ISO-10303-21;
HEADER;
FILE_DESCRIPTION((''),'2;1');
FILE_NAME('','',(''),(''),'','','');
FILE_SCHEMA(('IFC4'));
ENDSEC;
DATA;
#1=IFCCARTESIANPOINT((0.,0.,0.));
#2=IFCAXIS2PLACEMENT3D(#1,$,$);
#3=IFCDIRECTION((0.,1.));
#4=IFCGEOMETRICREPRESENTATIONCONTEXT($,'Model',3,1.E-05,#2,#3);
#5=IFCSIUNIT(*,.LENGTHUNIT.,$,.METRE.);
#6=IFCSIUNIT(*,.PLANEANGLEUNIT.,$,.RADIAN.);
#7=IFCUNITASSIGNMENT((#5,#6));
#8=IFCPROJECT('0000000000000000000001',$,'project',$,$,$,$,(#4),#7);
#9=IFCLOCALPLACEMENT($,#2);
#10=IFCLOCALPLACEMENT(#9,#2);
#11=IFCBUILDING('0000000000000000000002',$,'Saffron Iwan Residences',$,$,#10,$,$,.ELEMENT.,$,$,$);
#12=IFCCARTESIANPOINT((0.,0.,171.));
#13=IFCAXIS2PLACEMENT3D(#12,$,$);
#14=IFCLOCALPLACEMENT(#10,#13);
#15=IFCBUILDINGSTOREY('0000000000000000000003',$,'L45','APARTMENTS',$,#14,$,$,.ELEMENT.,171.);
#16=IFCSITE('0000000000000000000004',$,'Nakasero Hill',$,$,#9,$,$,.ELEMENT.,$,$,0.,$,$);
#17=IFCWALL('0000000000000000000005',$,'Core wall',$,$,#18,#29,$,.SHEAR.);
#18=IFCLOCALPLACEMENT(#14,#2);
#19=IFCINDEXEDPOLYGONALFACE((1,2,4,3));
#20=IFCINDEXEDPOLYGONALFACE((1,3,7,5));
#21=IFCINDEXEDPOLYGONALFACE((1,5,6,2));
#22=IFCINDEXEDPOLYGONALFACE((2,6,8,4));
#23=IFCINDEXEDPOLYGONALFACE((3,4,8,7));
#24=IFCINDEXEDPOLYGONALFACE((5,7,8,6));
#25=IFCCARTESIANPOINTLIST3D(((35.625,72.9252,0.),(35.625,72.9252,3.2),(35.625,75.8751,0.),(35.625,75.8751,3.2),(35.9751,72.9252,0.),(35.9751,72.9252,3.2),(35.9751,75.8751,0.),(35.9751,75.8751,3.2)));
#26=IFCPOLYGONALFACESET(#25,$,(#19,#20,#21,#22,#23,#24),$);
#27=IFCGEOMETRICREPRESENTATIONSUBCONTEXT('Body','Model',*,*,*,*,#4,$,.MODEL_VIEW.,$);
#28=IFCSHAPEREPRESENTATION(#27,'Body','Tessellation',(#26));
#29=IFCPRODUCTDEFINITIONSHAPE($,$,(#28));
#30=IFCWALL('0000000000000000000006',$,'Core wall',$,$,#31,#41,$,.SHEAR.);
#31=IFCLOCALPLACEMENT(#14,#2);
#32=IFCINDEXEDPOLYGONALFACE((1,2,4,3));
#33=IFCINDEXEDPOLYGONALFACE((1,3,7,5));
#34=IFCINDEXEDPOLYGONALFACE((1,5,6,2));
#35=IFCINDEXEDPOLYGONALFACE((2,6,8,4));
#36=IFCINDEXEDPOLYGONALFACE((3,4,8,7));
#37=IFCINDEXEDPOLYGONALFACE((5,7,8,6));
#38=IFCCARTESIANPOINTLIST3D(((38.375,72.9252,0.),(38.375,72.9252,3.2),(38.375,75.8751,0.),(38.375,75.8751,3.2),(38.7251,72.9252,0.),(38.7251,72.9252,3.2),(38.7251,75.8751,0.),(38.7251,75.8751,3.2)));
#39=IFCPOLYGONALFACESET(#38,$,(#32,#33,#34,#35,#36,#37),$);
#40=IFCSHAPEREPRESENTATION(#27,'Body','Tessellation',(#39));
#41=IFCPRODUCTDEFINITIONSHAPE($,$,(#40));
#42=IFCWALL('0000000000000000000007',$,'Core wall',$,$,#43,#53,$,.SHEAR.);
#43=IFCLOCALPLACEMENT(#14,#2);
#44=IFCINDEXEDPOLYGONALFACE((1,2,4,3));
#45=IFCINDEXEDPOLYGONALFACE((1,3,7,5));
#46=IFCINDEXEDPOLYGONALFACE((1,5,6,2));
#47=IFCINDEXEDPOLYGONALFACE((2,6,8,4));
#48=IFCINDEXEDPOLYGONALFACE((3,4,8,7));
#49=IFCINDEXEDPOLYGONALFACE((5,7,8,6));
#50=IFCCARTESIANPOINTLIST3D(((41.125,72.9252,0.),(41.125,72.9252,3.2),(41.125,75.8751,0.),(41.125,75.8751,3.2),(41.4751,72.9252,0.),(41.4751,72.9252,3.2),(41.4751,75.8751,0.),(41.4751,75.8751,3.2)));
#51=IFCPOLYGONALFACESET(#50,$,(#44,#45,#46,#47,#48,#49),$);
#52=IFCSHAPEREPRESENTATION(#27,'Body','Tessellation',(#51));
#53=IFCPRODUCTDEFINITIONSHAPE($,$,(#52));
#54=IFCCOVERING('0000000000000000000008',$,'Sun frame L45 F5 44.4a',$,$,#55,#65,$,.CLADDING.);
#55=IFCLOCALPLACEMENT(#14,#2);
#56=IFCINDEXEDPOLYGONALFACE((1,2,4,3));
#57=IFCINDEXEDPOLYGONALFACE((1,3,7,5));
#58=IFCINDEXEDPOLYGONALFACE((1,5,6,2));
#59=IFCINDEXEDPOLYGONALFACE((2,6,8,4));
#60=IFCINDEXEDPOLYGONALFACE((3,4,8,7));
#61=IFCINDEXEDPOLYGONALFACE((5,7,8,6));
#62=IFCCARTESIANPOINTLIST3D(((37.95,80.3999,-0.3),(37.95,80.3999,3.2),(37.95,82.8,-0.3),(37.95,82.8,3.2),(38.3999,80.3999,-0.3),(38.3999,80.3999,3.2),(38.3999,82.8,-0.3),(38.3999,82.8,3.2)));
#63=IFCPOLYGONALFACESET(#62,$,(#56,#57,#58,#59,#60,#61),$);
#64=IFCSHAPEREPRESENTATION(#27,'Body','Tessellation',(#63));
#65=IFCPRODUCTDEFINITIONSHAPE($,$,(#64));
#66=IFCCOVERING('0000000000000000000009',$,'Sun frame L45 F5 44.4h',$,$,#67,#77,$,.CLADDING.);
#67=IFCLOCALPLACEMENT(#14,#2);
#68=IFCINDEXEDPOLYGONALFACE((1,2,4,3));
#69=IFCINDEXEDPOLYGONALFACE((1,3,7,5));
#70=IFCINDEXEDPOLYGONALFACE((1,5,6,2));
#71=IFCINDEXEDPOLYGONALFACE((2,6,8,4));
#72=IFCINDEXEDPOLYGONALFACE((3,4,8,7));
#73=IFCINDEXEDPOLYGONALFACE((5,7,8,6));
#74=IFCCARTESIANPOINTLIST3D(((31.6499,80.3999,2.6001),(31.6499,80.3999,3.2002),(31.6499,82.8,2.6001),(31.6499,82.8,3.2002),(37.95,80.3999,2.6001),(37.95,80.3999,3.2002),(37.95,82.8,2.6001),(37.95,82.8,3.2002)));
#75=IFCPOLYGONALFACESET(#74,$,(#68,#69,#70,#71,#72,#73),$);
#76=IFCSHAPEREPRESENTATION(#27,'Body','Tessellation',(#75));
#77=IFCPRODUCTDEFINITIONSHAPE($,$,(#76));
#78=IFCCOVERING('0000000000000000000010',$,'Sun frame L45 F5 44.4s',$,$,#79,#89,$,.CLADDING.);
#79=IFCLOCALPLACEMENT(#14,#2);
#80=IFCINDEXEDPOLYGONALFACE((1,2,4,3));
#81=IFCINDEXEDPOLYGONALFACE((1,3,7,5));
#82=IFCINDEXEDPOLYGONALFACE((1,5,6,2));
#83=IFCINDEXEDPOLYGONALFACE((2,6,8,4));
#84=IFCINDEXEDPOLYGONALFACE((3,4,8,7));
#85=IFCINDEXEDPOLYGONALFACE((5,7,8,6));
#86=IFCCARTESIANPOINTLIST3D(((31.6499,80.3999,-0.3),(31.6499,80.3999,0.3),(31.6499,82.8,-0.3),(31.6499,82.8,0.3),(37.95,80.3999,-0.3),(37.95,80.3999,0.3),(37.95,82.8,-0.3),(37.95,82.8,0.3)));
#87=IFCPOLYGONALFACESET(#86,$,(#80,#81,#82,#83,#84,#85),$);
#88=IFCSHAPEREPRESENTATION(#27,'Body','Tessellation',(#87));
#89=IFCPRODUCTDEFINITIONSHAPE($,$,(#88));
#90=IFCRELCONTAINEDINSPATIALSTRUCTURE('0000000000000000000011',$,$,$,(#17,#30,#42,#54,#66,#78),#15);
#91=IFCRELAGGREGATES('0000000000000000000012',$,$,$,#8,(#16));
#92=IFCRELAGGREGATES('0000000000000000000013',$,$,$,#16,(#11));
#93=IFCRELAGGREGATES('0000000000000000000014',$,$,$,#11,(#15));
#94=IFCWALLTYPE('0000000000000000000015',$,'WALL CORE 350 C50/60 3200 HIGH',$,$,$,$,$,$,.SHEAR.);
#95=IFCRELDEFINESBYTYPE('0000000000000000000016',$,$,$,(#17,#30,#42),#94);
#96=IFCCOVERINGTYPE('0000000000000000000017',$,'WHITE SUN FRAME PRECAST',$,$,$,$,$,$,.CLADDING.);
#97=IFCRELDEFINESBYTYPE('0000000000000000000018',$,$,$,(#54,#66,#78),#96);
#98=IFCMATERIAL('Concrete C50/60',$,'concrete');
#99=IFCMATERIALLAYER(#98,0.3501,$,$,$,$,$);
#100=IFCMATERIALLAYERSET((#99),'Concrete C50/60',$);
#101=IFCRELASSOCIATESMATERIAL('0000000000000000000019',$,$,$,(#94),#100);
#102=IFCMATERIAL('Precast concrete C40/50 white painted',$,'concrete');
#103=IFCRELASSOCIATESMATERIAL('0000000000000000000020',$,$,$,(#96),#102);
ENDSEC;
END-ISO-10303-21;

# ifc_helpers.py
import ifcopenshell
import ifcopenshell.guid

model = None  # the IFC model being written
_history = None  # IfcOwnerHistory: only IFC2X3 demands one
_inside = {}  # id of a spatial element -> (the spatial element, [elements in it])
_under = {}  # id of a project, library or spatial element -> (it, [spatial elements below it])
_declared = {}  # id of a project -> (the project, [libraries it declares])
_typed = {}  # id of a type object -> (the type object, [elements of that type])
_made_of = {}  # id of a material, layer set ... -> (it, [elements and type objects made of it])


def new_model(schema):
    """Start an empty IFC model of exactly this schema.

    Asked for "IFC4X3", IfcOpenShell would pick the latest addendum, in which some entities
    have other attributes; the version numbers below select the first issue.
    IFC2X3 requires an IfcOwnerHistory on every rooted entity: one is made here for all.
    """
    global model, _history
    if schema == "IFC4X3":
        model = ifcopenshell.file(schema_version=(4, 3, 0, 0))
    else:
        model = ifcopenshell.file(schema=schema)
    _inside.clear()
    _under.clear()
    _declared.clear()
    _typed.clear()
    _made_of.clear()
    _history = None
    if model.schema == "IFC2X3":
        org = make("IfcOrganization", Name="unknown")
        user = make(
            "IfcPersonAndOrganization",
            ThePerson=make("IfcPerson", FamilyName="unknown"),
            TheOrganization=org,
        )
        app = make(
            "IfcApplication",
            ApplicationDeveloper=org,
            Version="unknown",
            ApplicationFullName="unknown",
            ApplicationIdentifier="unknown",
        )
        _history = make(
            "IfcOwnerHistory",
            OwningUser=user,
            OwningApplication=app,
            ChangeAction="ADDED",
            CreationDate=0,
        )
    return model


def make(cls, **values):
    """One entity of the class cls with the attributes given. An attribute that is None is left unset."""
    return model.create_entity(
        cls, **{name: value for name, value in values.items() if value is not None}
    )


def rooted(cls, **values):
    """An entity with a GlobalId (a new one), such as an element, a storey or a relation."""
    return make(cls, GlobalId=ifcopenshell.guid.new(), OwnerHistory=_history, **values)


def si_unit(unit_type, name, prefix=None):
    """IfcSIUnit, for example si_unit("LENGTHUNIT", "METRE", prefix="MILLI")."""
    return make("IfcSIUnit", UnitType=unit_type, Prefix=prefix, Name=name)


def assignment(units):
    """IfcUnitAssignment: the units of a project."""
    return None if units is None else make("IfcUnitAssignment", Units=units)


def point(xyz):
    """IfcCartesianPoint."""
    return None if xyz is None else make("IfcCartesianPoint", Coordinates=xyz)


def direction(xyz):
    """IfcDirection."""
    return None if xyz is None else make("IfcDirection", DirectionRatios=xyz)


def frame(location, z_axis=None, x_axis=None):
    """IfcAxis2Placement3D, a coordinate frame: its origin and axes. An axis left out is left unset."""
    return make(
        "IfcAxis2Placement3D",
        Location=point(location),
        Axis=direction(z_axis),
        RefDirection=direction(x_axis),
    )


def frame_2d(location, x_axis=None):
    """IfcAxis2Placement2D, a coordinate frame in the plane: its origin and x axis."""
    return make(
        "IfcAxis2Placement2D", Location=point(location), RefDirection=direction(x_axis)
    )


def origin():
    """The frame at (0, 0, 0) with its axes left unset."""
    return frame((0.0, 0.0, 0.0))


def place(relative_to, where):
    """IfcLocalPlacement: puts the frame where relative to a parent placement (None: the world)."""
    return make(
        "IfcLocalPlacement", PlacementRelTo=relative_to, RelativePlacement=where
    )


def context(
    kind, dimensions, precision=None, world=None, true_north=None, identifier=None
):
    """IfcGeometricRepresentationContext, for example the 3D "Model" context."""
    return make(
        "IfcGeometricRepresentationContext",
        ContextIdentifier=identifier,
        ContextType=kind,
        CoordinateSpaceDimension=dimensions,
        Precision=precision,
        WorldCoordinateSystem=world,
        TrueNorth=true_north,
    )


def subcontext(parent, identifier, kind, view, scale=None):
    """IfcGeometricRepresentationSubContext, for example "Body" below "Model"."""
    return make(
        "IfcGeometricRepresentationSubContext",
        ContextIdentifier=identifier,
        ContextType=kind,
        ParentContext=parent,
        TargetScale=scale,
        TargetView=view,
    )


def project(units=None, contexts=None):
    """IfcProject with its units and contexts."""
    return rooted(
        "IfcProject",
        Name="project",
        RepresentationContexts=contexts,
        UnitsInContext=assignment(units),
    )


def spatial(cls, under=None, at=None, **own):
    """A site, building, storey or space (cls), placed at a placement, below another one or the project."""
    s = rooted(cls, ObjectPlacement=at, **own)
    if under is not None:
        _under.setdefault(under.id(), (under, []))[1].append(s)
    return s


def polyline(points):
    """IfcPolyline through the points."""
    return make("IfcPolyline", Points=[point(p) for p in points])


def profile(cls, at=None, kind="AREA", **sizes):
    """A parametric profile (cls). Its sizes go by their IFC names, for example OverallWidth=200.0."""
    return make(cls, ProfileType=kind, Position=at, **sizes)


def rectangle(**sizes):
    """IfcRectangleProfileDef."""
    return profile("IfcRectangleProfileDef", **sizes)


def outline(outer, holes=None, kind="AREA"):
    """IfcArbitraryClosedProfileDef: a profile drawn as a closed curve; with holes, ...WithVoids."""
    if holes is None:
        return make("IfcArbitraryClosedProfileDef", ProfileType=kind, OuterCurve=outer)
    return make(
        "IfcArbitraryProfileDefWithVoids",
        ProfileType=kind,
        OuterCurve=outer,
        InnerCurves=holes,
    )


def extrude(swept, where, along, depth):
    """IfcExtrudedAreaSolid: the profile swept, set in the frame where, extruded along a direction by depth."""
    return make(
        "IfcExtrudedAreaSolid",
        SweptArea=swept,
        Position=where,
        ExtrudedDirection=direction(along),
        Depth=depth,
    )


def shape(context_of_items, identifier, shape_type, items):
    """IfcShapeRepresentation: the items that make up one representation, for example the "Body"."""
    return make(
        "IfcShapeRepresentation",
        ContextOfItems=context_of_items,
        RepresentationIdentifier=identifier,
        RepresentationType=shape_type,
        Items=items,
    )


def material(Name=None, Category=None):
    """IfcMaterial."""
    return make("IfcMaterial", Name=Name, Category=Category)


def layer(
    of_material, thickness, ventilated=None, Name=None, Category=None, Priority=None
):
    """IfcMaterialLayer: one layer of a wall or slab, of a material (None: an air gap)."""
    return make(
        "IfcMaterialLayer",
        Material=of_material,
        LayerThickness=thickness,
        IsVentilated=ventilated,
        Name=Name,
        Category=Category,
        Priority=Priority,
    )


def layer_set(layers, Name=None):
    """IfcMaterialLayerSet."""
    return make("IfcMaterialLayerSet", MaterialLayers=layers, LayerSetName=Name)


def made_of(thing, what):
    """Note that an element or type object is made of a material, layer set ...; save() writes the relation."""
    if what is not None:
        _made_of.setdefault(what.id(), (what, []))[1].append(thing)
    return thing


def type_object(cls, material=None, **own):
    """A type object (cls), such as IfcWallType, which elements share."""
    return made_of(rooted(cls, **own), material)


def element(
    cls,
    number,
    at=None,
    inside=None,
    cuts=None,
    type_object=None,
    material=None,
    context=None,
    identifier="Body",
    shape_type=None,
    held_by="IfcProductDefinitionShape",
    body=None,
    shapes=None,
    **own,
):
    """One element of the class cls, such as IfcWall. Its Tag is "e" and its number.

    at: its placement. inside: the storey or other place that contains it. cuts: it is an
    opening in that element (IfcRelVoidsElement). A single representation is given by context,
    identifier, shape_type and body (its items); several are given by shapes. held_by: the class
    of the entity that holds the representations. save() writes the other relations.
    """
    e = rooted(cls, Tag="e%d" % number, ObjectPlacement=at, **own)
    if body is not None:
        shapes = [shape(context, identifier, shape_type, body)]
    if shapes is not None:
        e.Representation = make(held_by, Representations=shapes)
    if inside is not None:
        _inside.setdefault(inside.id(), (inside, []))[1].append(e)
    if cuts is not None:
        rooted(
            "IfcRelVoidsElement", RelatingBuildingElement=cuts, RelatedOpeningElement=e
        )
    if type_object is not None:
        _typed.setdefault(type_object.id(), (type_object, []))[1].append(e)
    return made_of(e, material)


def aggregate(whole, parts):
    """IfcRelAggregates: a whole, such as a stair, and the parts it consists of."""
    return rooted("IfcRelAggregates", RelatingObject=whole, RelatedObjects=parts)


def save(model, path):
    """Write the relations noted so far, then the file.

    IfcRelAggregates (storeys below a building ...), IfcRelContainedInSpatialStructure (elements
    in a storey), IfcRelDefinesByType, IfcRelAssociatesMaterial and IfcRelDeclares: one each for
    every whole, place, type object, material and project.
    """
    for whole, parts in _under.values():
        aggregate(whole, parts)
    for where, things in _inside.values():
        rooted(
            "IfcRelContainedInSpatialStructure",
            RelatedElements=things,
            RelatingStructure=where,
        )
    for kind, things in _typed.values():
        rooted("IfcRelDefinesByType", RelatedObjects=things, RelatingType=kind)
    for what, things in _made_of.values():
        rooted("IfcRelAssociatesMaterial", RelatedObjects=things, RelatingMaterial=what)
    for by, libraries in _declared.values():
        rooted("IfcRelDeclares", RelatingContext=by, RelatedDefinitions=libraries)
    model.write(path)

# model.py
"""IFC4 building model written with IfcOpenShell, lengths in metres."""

from ifc_helpers import new_model, si_unit, direction, frame, frame_2d, origin, place, context, subcontext, project, spatial, polyline, rectangle, outline, extrude, material, layer, layer_set, type_object, element, save


model = new_model("IFC4")

# Units and contexts
model_context = context("Model", 3, precision=1e-05, world=origin(), true_north=direction((0.0, 1.0)))
body_context = subcontext(model_context, "Body", "Model", "MODEL_VIEW")
ifc_project = project(units=[si_unit("LENGTHUNIT", "METRE"), si_unit("PLANEANGLEUNIT", "RADIAN")], contexts=[model_context])

# Site, building, storey
site_placement = place(None, origin())
site = spatial("IfcSite", under=ifc_project, at=site_placement, Name="Nakasero Hill", CompositionType="ELEMENT", RefElevation=0.0)
building_placement = place(site_placement, origin())
building = spatial("IfcBuilding", under=site, at=building_placement, Name="Saffron Iwan Residences", CompositionType="ELEMENT")
storey_placement = place(building_placement, frame((0.0, 0.0, 171.0)))
storey = spatial("IfcBuildingStorey", under=building, at=storey_placement, Name="L45", Description="APARTMENTS", CompositionType="ELEMENT", Elevation=171.0)

# Shared definitions
ifc_material_1 = material(Name="Concrete C50/60", Category="concrete")

# Shared definitions
ifc_layer_1 = layer(ifc_material_1, 0.3501)
ifc_layer_set_1 = layer_set([ifc_layer_1], Name="Concrete C50/60")
wall_type_1 = type_object("IfcWallType", Name="WALL CORE 350 C50/60 3200 HIGH", PredefinedType="SHEAR", material=ifc_layer_set_1)

# Walls
for number, where, z_axis, x_axis, name in (
    (1, (35.8, 72.925, 0.0), (0.0, 0.0, 1.0), (0.0, 1.0, 0.0), "Core wall"),
    (2, (38.55, 72.925, 0.0), (0.0, 0.0, 1.0), (0.0, 1.0, 0.0), "Core wall"),
    (3, (41.3, 72.925, 0.0), (0.0, 0.0, 1.0), (0.0, 1.0, 0.0), "Core wall"),
):
    element("IfcWall", number, at=place(storey_placement, frame(where, z_axis=z_axis, x_axis=x_axis)), inside=storey, type_object=wall_type_1, Name=name, PredefinedType="SHEAR", context=body_context, shape_type="SweptSolid", body=[
        extrude(rectangle(XDim=2.95, YDim=0.3501, at=frame_2d((1.4751, 0.0))), origin(), (0.0, 0.0, 1.0), 3.2),
    ])

# Coverings
ifc_material_2 = material(Name="Precast concrete C40/50 white painted", Category="concrete")
covering_type = type_object("IfcCoveringType", Name="WHITE SUN FRAME PRECAST", PredefinedType="CLADDING", material=ifc_material_2)
covering_placement = place(storey_placement, frame((38.3999, 80.3999, -0.3), z_axis=(0.0, 1.0, 0.0), x_axis=(-1.0, 0.0, 0.0)))
element("IfcCovering", 4, at=covering_placement, inside=storey, type_object=covering_type, Name="Sun frame L45 F5 44.4a", PredefinedType="CLADDING", context=body_context, shape_type="SweptSolid", body=[
    extrude(outline(polyline([(0.0, 0.0), (0.45, 0.0), (0.45, 3.5), (0.0, 3.5), (0.0, 0.0)])), origin(), (0.0, 0.0, 1.0), 2.4001),
])
for number, where, z_axis, x_axis, name in (
    (5, (37.95, 80.3999, 2.6001), (0.0, 1.0, 0.0), (-1.0, 0.0, 0.0), "Sun frame L45 F5 44.4h"),
    (6, (37.95, 80.3999, -0.3), (0.0, 1.0, 0.0), (-1.0, 0.0, 0.0), "Sun frame L45 F5 44.4s"),
):
    element("IfcCovering", number, at=place(storey_placement, frame(where, z_axis=z_axis, x_axis=x_axis)), inside=storey, type_object=covering_type, Name=name, PredefinedType="CLADDING", context=body_context, shape_type="SweptSolid", body=[
        extrude(outline(polyline([(0.0, 0.0), (6.3, 0.0), (6.3, 0.6001), (0.0, 0.6001), (0.0, 0.0)])), origin(), (0.0, 0.0, 1.0), 2.4001),
    ])

save(model, "model.ifc")
